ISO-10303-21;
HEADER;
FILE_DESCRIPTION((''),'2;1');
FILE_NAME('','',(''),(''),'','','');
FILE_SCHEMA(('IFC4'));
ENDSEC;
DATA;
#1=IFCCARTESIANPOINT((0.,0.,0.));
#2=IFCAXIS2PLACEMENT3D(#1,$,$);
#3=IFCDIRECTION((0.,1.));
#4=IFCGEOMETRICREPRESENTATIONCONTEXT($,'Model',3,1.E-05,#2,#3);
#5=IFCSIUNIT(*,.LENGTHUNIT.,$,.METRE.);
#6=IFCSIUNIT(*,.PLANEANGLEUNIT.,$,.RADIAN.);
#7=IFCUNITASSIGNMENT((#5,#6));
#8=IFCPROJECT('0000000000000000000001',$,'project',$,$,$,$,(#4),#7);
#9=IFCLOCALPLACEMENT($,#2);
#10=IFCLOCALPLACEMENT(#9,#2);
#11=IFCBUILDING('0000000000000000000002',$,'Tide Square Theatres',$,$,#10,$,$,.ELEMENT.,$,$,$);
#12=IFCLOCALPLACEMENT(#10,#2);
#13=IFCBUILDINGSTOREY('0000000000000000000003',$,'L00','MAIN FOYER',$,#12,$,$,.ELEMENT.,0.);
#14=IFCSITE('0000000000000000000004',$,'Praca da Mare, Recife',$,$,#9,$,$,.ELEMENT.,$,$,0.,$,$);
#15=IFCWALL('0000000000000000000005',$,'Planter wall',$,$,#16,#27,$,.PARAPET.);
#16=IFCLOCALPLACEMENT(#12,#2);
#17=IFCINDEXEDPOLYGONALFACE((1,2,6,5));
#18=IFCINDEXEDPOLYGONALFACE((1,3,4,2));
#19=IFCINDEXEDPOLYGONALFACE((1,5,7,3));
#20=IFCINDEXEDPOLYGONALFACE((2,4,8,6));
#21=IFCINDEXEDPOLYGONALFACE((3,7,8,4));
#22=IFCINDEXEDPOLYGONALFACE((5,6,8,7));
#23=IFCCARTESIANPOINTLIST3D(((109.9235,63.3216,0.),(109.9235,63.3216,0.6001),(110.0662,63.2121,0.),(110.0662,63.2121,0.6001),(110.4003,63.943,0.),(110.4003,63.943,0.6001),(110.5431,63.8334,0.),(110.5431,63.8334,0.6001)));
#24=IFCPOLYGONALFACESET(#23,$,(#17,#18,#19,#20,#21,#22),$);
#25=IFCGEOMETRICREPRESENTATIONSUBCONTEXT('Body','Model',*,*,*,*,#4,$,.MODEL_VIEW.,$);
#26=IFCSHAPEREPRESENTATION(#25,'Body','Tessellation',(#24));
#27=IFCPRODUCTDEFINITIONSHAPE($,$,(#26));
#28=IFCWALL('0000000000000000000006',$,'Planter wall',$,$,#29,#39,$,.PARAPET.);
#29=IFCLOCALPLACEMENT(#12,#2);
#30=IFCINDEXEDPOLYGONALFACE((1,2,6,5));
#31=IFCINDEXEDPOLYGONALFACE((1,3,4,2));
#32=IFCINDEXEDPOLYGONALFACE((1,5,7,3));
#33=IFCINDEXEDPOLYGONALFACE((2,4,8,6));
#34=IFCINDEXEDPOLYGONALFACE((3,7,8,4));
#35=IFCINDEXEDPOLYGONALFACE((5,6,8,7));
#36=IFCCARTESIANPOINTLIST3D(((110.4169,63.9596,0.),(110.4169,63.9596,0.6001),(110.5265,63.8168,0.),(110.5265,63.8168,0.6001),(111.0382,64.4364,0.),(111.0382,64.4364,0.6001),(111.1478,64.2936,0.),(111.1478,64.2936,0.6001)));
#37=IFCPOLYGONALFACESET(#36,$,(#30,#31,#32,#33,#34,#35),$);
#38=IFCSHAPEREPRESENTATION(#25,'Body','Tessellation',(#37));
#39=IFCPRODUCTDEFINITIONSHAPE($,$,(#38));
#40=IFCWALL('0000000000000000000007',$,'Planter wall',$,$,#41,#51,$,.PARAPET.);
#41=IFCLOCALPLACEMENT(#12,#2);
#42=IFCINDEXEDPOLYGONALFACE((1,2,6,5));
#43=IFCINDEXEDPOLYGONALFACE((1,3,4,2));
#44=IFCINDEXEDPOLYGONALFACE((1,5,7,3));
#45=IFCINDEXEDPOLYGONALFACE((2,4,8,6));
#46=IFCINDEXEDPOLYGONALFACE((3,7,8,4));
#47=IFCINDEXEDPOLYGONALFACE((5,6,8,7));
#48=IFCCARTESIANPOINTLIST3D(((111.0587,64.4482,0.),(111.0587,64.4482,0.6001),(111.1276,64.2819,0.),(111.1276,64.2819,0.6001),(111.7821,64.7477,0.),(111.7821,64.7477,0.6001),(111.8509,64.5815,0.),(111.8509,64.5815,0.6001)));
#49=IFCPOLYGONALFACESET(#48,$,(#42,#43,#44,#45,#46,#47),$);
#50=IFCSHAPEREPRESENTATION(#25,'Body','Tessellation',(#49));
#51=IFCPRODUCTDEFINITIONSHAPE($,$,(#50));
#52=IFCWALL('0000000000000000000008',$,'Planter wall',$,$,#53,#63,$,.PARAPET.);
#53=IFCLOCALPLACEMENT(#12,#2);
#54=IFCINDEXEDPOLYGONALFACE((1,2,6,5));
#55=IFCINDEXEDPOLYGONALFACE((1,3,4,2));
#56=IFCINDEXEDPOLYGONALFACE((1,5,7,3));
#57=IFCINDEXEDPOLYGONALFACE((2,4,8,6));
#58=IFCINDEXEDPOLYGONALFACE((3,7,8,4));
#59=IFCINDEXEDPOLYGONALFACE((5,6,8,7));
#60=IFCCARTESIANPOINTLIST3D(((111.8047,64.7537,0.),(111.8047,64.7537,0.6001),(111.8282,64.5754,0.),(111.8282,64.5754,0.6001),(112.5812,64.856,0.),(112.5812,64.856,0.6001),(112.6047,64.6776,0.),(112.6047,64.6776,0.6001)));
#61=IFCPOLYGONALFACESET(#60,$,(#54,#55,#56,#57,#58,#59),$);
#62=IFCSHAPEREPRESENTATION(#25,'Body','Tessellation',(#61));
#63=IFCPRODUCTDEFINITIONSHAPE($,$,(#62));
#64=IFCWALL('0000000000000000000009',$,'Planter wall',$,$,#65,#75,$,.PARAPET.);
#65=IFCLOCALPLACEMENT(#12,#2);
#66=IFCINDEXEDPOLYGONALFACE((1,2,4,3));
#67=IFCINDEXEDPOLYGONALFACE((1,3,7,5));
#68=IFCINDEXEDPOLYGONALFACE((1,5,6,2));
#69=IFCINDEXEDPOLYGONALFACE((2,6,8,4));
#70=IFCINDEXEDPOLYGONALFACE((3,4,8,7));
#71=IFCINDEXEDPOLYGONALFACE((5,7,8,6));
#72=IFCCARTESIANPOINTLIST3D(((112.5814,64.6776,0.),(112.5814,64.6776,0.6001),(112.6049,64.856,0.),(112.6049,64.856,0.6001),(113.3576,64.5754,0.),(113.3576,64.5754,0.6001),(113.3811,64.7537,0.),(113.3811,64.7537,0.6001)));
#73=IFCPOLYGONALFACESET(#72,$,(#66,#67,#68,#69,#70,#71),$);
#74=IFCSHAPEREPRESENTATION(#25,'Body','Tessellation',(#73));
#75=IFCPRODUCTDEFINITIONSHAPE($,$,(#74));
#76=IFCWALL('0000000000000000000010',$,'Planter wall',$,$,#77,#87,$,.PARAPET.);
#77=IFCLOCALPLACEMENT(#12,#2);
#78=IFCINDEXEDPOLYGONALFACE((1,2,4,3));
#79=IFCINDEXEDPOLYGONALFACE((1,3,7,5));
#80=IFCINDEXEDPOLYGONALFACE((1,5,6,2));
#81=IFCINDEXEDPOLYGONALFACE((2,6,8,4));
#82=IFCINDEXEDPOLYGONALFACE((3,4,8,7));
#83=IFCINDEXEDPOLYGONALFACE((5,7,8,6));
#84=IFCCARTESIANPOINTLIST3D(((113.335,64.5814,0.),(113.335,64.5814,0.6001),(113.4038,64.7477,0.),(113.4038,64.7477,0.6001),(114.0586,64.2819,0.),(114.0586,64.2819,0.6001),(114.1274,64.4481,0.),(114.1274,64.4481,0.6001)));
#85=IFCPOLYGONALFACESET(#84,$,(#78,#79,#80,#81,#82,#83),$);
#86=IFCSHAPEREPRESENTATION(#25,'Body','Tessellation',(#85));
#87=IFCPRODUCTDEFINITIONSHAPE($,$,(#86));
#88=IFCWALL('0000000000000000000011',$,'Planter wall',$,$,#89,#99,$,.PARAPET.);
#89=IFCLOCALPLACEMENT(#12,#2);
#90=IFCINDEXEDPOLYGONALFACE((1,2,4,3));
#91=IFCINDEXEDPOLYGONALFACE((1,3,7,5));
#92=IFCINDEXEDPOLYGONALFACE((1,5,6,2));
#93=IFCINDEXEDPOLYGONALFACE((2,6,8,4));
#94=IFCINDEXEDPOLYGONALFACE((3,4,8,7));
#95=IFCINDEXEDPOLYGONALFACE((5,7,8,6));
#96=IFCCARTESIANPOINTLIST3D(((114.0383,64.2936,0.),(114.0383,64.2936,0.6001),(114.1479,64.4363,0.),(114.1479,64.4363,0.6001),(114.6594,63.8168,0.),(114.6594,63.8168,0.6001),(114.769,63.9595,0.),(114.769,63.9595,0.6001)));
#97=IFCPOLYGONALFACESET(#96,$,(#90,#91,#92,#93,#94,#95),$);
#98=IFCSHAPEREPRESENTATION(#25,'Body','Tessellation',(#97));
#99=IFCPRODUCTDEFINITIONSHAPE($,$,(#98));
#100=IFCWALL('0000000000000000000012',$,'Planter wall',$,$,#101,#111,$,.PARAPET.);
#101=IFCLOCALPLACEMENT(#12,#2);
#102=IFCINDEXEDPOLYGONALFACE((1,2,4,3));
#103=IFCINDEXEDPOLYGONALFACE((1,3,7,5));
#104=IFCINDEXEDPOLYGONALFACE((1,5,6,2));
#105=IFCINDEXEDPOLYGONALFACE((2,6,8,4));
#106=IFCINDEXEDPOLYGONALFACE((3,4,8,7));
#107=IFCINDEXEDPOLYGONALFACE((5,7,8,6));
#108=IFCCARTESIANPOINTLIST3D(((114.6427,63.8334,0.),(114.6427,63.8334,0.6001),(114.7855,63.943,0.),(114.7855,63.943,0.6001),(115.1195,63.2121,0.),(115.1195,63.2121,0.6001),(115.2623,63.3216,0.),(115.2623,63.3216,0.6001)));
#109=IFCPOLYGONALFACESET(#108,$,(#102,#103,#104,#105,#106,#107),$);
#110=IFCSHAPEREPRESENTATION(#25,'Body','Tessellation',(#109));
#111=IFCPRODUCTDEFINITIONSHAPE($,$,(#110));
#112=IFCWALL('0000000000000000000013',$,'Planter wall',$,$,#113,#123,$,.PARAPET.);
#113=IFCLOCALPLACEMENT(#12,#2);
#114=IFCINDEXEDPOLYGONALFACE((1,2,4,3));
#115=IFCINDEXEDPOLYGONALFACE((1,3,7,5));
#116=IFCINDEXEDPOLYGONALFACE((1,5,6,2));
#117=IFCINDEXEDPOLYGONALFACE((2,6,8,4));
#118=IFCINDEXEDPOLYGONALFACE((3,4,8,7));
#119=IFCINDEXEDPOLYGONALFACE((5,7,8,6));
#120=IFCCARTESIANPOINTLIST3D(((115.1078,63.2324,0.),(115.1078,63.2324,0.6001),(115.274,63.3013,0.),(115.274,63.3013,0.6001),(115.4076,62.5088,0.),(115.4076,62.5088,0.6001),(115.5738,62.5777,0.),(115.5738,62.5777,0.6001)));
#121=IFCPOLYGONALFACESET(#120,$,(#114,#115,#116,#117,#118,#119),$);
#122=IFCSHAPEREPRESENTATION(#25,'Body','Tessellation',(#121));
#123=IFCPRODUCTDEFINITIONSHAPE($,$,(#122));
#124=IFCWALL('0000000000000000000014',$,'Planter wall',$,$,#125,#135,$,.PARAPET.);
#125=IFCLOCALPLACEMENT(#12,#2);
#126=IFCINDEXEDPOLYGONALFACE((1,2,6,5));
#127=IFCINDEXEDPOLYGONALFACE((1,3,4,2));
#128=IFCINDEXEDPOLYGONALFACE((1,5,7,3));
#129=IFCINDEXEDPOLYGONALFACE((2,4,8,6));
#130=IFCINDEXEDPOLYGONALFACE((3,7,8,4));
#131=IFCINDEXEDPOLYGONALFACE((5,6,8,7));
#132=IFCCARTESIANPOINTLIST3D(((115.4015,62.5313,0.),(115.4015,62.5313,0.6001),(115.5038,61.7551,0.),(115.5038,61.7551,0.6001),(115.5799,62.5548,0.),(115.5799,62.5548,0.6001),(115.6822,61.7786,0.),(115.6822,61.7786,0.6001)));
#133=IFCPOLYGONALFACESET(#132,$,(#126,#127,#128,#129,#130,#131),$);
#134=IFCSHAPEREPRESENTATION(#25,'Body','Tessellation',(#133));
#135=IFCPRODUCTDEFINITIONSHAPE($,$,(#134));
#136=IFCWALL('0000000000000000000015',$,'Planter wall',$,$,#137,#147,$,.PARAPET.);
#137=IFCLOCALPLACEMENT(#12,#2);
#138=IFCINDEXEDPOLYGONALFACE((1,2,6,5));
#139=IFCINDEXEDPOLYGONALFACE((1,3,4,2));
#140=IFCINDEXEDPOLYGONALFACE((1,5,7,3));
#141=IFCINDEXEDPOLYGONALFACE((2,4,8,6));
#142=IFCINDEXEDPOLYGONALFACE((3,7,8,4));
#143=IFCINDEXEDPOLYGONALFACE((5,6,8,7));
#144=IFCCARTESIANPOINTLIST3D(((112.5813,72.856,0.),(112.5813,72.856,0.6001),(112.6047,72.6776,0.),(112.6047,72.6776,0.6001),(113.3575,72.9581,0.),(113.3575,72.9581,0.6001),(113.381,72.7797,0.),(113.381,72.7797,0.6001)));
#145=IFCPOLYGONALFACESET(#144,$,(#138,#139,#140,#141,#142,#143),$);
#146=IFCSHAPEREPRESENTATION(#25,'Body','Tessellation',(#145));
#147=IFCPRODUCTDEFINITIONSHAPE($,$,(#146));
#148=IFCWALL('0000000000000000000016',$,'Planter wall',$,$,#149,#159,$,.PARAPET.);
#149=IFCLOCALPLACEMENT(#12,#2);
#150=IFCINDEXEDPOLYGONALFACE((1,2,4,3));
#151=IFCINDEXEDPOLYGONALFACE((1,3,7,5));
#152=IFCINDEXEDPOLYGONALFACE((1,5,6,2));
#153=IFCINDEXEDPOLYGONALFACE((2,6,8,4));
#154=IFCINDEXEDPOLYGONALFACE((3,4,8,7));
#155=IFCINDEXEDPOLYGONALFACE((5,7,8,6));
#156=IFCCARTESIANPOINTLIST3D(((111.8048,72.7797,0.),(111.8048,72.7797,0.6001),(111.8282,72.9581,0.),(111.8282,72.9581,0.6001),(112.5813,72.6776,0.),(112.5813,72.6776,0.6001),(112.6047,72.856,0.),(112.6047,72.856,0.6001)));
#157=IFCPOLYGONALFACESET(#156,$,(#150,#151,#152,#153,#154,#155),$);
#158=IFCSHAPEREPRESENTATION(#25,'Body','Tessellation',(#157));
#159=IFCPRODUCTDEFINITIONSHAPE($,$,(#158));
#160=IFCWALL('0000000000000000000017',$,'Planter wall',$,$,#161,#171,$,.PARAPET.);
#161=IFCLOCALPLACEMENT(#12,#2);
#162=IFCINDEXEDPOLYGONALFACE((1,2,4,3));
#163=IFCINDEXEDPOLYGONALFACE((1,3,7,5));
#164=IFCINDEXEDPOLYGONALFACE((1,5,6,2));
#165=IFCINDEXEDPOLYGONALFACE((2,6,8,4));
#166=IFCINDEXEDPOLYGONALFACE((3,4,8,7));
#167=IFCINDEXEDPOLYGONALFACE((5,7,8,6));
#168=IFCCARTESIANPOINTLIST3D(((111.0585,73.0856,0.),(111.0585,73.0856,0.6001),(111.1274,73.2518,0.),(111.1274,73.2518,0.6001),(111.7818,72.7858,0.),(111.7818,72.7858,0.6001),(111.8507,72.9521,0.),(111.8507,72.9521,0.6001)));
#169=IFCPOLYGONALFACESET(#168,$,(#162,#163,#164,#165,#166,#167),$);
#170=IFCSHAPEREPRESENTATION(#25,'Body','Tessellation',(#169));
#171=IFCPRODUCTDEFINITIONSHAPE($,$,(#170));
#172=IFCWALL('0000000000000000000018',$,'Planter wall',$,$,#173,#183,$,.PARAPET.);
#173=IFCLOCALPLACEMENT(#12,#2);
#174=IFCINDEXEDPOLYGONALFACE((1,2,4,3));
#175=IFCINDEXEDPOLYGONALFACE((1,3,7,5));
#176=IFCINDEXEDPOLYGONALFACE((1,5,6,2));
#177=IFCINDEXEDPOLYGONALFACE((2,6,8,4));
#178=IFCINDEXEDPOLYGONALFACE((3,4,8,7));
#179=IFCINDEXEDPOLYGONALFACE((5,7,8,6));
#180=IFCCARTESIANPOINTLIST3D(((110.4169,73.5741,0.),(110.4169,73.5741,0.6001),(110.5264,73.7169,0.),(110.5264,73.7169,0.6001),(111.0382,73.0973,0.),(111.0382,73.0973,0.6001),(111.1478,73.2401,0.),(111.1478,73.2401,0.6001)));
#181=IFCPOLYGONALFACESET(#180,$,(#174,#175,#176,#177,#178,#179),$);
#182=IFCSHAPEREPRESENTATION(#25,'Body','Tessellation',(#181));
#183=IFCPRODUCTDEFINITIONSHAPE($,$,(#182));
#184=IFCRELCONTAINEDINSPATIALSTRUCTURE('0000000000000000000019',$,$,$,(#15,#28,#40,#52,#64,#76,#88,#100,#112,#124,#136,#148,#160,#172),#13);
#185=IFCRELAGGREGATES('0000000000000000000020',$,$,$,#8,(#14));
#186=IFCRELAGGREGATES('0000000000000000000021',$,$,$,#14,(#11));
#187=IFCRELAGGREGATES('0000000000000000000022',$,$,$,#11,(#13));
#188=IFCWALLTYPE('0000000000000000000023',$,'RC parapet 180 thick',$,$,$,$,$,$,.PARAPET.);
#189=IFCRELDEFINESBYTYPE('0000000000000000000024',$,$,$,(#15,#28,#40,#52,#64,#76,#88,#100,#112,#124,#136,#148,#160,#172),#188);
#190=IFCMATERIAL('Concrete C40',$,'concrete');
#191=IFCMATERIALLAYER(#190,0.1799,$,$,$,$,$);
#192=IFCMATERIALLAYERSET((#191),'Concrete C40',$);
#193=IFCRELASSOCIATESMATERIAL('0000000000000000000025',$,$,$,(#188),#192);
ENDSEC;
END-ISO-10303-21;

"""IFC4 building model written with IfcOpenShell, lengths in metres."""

from ifc_helpers import new_model, si_unit, direction, frame, frame_2d, origin, place, context, subcontext, project, spatial, rectangle, extrude, material, layer, layer_set, type_object, element, save


model = new_model("IFC4")

# Units and contexts
model_context = context("Model", 3, precision=1e-05, world=origin(), true_north=direction((0.0, 1.0)))
body_context = subcontext(model_context, "Body", "Model", "MODEL_VIEW")
ifc_project = project(units=[si_unit("LENGTHUNIT", "METRE"), si_unit("PLANEANGLEUNIT", "RADIAN")], contexts=[model_context])

# Site, building, storey
site_placement = place(None, origin())
site = spatial("IfcSite", under=ifc_project, at=site_placement, Name="Praca da Mare, Recife", CompositionType="ELEMENT", RefElevation=0.0)
building_placement = place(site_placement, origin())
building = spatial("IfcBuilding", under=site, at=building_placement, Name="Tide Square Theatres", CompositionType="ELEMENT")
storey_placement = place(building_placement, origin())
storey = spatial("IfcBuildingStorey", under=building, at=storey_placement, Name="L00", Description="MAIN FOYER", CompositionType="ELEMENT", Elevation=0.0)

# Walls
ifc_material_1 = material(Name="Concrete C40", Category="concrete")
ifc_layer_1 = layer(ifc_material_1, 0.1799)
ifc_layer_set_1 = layer_set([ifc_layer_1], Name="Concrete C40")
wall_type_1 = type_object("IfcWallType", Name="RC parapet 180 thick", PredefinedType="PARAPET", material=ifc_layer_set_1)
for number, where, z_axis, x_axis, name in (
    (1, (109.9949, 63.2668, 0.0), (0.0, 0.0, 1.0), (0.608791, 0.79333, 0.0), "Planter wall"),
    (2, (110.4717, 63.8882, 0.0), (0.0, 0.0, 1.0), (0.79333, 0.608791, 0.0), "Planter wall"),
):
    element("IfcWall", number, at=place(storey_placement, frame(where, z_axis=z_axis, x_axis=x_axis)), inside=storey, type_object=wall_type_1, Name=name, PredefinedType="PARAPET", context=body_context, shape_type="SweptSolid", body=[
        extrude(rectangle(XDim=0.7832, YDim=0.1799, at=frame_2d((0.3916, 0.0))), origin(), (0.0, 0.0, 1.0), 0.6001),
    ])
wall_1_placement = place(storey_placement, frame((111.093, 64.365, 0.0), z_axis=(0.0, 0.0, 1.0), x_axis=(0.923914, 0.3826, 0.0)))
element("IfcWall", 3, at=wall_1_placement, inside=storey, type_object=wall_type_1, Name="Planter wall", PredefinedType="PARAPET", context=body_context, shape_type="SweptSolid", body=[
    extrude(rectangle(XDim=0.783, YDim=0.1799, at=frame_2d((0.3916, 0.0))), origin(), (0.0, 0.0, 1.0), 0.6001),
])
wall_2_placement = place(storey_placement, frame((111.8164, 64.6646, 0.0), z_axis=(0.0, 0.0, 1.0), x_axis=(0.991436, 0.130592, 0.0)))
element("IfcWall", 4, at=wall_2_placement, inside=storey, type_object=wall_type_1, Name="Planter wall", PredefinedType="PARAPET", context=body_context, shape_type="SweptSolid", body=[
    extrude(rectangle(XDim=0.7832, YDim=0.1799, at=frame_2d((0.3916, 0.0))), origin(), (0.0, 0.0, 1.0), 0.6001),
])
wall_3_placement = place(storey_placement, frame((112.593, 64.7668, 0.0), z_axis=(0.0, 0.0, 1.0), x_axis=(0.991431, -0.130632, 0.0)))
element("IfcWall", 5, at=wall_3_placement, inside=storey, type_object=wall_type_1, Name="Planter wall", PredefinedType="PARAPET", context=body_context, shape_type="SweptSolid", body=[
    extrude(rectangle(XDim=0.783, YDim=0.1799, at=frame_2d((0.3916, 0.0))), origin(), (0.0, 0.0, 1.0), 0.6001),
])
wall_4_placement = place(storey_placement, frame((113.3694, 64.6646, 0.0), z_axis=(0.0, 0.0, 1.0), x_axis=(0.92396, -0.382489, 0.0)))
element("IfcWall", 6, at=wall_4_placement, inside=storey, type_object=wall_type_1, Name="Planter wall", PredefinedType="PARAPET", context=body_context, shape_type="SweptSolid", body=[
    extrude(rectangle(XDim=0.7832, YDim=0.1799, at=frame_2d((0.3916, 0.0))), origin(), (0.0, 0.0, 1.0), 0.6001),
])
wall_5_placement = place(storey_placement, frame((114.093, 64.365, 0.0), z_axis=(0.0, 0.0, 1.0), x_axis=(0.793215, -0.608942, 0.0)))
element("IfcWall", 7, at=wall_5_placement, inside=storey, type_object=wall_type_1, Name="Planter wall", PredefinedType="PARAPET", context=body_context, shape_type="SweptSolid", body=[
    extrude(rectangle(XDim=0.783, YDim=0.1799, at=frame_2d((0.3916, 0.0))), origin(), (0.0, 0.0, 1.0), 0.6001),
])
for number, where, z_axis, x_axis, name in (
    (8, (114.7141, 63.8882, 0.0), (0.0, 0.0, 1.0), (0.608791, -0.79333, 0.0), "Planter wall"),
    (9, (115.1909, 63.2668, 0.0), (0.0, 0.0, 1.0), (0.382756, -0.92385, 0.0), "Planter wall"),
):
    element("IfcWall", number, at=place(storey_placement, frame(where, z_axis=z_axis, x_axis=x_axis)), inside=storey, type_object=wall_type_1, Name=name, PredefinedType="PARAPET", context=body_context, shape_type="SweptSolid", body=[
        extrude(rectangle(XDim=0.7832, YDim=0.1799, at=frame_2d((0.3916, 0.0))), origin(), (0.0, 0.0, 1.0), 0.6001),
    ])
for number, where, z_axis, x_axis, name in (
    (10, (115.4907, 62.5432, 0.0), (0.0, 0.0, 1.0), (0.130632, -0.991431, 0.0), "Planter wall"),
    (11, (113.3694, 72.8689, 0.0), (0.0, 0.0, 1.0), (-0.991471, -0.130325, 0.0), "Planter wall"),
):
    element("IfcWall", number, at=place(storey_placement, frame(where, z_axis=z_axis, x_axis=x_axis)), inside=storey, type_object=wall_type_1, Name=name, PredefinedType="PARAPET", context=body_context, shape_type="SweptSolid", body=[
        extrude(rectangle(XDim=0.783, YDim=0.1799, at=frame_2d((0.3916, 0.0))), origin(), (0.0, 0.0, 1.0), 0.6001),
    ])
wall_6_placement = place(storey_placement, frame((112.593, 72.7668, 0.0), z_axis=(0.0, 0.0, 1.0), x_axis=(-0.991477, 0.130285, 0.0)))
element("IfcWall", 12, at=wall_6_placement, inside=storey, type_object=wall_type_1, Name="Planter wall", PredefinedType="PARAPET", context=body_context, shape_type="SweptSolid", body=[
    extrude(rectangle(XDim=0.7832, YDim=0.1799, at=frame_2d((0.3916, 0.0))), origin(), (0.0, 0.0, 1.0), 0.6001),
])
wall_7_placement = place(storey_placement, frame((111.8164, 72.8689, 0.0), z_axis=(0.0, 0.0, 1.0), x_axis=(-0.923804, 0.382866, 0.0)))
element("IfcWall", 13, at=wall_7_placement, inside=storey, type_object=wall_type_1, Name="Planter wall", PredefinedType="PARAPET", context=body_context, shape_type="SweptSolid", body=[
    extrude(rectangle(XDim=0.783, YDim=0.1799, at=frame_2d((0.3916, 0.0))), origin(), (0.0, 0.0, 1.0), 0.6001),
])
wall_8_placement = place(storey_placement, frame((111.093, 73.1687, 0.0), z_axis=(0.0, 0.0, 1.0), x_axis=(-0.79333, 0.608791, 0.0)))
element("IfcWall", 14, at=wall_8_placement, inside=storey, type_object=wall_type_1, Name="Planter wall", PredefinedType="PARAPET", context=body_context, shape_type="SweptSolid", body=[
    extrude(rectangle(XDim=0.7832, YDim=0.1799, at=frame_2d((0.3916, 0.0))), origin(), (0.0, 0.0, 1.0), 0.6001),
])

save(model, "model.ifc")
